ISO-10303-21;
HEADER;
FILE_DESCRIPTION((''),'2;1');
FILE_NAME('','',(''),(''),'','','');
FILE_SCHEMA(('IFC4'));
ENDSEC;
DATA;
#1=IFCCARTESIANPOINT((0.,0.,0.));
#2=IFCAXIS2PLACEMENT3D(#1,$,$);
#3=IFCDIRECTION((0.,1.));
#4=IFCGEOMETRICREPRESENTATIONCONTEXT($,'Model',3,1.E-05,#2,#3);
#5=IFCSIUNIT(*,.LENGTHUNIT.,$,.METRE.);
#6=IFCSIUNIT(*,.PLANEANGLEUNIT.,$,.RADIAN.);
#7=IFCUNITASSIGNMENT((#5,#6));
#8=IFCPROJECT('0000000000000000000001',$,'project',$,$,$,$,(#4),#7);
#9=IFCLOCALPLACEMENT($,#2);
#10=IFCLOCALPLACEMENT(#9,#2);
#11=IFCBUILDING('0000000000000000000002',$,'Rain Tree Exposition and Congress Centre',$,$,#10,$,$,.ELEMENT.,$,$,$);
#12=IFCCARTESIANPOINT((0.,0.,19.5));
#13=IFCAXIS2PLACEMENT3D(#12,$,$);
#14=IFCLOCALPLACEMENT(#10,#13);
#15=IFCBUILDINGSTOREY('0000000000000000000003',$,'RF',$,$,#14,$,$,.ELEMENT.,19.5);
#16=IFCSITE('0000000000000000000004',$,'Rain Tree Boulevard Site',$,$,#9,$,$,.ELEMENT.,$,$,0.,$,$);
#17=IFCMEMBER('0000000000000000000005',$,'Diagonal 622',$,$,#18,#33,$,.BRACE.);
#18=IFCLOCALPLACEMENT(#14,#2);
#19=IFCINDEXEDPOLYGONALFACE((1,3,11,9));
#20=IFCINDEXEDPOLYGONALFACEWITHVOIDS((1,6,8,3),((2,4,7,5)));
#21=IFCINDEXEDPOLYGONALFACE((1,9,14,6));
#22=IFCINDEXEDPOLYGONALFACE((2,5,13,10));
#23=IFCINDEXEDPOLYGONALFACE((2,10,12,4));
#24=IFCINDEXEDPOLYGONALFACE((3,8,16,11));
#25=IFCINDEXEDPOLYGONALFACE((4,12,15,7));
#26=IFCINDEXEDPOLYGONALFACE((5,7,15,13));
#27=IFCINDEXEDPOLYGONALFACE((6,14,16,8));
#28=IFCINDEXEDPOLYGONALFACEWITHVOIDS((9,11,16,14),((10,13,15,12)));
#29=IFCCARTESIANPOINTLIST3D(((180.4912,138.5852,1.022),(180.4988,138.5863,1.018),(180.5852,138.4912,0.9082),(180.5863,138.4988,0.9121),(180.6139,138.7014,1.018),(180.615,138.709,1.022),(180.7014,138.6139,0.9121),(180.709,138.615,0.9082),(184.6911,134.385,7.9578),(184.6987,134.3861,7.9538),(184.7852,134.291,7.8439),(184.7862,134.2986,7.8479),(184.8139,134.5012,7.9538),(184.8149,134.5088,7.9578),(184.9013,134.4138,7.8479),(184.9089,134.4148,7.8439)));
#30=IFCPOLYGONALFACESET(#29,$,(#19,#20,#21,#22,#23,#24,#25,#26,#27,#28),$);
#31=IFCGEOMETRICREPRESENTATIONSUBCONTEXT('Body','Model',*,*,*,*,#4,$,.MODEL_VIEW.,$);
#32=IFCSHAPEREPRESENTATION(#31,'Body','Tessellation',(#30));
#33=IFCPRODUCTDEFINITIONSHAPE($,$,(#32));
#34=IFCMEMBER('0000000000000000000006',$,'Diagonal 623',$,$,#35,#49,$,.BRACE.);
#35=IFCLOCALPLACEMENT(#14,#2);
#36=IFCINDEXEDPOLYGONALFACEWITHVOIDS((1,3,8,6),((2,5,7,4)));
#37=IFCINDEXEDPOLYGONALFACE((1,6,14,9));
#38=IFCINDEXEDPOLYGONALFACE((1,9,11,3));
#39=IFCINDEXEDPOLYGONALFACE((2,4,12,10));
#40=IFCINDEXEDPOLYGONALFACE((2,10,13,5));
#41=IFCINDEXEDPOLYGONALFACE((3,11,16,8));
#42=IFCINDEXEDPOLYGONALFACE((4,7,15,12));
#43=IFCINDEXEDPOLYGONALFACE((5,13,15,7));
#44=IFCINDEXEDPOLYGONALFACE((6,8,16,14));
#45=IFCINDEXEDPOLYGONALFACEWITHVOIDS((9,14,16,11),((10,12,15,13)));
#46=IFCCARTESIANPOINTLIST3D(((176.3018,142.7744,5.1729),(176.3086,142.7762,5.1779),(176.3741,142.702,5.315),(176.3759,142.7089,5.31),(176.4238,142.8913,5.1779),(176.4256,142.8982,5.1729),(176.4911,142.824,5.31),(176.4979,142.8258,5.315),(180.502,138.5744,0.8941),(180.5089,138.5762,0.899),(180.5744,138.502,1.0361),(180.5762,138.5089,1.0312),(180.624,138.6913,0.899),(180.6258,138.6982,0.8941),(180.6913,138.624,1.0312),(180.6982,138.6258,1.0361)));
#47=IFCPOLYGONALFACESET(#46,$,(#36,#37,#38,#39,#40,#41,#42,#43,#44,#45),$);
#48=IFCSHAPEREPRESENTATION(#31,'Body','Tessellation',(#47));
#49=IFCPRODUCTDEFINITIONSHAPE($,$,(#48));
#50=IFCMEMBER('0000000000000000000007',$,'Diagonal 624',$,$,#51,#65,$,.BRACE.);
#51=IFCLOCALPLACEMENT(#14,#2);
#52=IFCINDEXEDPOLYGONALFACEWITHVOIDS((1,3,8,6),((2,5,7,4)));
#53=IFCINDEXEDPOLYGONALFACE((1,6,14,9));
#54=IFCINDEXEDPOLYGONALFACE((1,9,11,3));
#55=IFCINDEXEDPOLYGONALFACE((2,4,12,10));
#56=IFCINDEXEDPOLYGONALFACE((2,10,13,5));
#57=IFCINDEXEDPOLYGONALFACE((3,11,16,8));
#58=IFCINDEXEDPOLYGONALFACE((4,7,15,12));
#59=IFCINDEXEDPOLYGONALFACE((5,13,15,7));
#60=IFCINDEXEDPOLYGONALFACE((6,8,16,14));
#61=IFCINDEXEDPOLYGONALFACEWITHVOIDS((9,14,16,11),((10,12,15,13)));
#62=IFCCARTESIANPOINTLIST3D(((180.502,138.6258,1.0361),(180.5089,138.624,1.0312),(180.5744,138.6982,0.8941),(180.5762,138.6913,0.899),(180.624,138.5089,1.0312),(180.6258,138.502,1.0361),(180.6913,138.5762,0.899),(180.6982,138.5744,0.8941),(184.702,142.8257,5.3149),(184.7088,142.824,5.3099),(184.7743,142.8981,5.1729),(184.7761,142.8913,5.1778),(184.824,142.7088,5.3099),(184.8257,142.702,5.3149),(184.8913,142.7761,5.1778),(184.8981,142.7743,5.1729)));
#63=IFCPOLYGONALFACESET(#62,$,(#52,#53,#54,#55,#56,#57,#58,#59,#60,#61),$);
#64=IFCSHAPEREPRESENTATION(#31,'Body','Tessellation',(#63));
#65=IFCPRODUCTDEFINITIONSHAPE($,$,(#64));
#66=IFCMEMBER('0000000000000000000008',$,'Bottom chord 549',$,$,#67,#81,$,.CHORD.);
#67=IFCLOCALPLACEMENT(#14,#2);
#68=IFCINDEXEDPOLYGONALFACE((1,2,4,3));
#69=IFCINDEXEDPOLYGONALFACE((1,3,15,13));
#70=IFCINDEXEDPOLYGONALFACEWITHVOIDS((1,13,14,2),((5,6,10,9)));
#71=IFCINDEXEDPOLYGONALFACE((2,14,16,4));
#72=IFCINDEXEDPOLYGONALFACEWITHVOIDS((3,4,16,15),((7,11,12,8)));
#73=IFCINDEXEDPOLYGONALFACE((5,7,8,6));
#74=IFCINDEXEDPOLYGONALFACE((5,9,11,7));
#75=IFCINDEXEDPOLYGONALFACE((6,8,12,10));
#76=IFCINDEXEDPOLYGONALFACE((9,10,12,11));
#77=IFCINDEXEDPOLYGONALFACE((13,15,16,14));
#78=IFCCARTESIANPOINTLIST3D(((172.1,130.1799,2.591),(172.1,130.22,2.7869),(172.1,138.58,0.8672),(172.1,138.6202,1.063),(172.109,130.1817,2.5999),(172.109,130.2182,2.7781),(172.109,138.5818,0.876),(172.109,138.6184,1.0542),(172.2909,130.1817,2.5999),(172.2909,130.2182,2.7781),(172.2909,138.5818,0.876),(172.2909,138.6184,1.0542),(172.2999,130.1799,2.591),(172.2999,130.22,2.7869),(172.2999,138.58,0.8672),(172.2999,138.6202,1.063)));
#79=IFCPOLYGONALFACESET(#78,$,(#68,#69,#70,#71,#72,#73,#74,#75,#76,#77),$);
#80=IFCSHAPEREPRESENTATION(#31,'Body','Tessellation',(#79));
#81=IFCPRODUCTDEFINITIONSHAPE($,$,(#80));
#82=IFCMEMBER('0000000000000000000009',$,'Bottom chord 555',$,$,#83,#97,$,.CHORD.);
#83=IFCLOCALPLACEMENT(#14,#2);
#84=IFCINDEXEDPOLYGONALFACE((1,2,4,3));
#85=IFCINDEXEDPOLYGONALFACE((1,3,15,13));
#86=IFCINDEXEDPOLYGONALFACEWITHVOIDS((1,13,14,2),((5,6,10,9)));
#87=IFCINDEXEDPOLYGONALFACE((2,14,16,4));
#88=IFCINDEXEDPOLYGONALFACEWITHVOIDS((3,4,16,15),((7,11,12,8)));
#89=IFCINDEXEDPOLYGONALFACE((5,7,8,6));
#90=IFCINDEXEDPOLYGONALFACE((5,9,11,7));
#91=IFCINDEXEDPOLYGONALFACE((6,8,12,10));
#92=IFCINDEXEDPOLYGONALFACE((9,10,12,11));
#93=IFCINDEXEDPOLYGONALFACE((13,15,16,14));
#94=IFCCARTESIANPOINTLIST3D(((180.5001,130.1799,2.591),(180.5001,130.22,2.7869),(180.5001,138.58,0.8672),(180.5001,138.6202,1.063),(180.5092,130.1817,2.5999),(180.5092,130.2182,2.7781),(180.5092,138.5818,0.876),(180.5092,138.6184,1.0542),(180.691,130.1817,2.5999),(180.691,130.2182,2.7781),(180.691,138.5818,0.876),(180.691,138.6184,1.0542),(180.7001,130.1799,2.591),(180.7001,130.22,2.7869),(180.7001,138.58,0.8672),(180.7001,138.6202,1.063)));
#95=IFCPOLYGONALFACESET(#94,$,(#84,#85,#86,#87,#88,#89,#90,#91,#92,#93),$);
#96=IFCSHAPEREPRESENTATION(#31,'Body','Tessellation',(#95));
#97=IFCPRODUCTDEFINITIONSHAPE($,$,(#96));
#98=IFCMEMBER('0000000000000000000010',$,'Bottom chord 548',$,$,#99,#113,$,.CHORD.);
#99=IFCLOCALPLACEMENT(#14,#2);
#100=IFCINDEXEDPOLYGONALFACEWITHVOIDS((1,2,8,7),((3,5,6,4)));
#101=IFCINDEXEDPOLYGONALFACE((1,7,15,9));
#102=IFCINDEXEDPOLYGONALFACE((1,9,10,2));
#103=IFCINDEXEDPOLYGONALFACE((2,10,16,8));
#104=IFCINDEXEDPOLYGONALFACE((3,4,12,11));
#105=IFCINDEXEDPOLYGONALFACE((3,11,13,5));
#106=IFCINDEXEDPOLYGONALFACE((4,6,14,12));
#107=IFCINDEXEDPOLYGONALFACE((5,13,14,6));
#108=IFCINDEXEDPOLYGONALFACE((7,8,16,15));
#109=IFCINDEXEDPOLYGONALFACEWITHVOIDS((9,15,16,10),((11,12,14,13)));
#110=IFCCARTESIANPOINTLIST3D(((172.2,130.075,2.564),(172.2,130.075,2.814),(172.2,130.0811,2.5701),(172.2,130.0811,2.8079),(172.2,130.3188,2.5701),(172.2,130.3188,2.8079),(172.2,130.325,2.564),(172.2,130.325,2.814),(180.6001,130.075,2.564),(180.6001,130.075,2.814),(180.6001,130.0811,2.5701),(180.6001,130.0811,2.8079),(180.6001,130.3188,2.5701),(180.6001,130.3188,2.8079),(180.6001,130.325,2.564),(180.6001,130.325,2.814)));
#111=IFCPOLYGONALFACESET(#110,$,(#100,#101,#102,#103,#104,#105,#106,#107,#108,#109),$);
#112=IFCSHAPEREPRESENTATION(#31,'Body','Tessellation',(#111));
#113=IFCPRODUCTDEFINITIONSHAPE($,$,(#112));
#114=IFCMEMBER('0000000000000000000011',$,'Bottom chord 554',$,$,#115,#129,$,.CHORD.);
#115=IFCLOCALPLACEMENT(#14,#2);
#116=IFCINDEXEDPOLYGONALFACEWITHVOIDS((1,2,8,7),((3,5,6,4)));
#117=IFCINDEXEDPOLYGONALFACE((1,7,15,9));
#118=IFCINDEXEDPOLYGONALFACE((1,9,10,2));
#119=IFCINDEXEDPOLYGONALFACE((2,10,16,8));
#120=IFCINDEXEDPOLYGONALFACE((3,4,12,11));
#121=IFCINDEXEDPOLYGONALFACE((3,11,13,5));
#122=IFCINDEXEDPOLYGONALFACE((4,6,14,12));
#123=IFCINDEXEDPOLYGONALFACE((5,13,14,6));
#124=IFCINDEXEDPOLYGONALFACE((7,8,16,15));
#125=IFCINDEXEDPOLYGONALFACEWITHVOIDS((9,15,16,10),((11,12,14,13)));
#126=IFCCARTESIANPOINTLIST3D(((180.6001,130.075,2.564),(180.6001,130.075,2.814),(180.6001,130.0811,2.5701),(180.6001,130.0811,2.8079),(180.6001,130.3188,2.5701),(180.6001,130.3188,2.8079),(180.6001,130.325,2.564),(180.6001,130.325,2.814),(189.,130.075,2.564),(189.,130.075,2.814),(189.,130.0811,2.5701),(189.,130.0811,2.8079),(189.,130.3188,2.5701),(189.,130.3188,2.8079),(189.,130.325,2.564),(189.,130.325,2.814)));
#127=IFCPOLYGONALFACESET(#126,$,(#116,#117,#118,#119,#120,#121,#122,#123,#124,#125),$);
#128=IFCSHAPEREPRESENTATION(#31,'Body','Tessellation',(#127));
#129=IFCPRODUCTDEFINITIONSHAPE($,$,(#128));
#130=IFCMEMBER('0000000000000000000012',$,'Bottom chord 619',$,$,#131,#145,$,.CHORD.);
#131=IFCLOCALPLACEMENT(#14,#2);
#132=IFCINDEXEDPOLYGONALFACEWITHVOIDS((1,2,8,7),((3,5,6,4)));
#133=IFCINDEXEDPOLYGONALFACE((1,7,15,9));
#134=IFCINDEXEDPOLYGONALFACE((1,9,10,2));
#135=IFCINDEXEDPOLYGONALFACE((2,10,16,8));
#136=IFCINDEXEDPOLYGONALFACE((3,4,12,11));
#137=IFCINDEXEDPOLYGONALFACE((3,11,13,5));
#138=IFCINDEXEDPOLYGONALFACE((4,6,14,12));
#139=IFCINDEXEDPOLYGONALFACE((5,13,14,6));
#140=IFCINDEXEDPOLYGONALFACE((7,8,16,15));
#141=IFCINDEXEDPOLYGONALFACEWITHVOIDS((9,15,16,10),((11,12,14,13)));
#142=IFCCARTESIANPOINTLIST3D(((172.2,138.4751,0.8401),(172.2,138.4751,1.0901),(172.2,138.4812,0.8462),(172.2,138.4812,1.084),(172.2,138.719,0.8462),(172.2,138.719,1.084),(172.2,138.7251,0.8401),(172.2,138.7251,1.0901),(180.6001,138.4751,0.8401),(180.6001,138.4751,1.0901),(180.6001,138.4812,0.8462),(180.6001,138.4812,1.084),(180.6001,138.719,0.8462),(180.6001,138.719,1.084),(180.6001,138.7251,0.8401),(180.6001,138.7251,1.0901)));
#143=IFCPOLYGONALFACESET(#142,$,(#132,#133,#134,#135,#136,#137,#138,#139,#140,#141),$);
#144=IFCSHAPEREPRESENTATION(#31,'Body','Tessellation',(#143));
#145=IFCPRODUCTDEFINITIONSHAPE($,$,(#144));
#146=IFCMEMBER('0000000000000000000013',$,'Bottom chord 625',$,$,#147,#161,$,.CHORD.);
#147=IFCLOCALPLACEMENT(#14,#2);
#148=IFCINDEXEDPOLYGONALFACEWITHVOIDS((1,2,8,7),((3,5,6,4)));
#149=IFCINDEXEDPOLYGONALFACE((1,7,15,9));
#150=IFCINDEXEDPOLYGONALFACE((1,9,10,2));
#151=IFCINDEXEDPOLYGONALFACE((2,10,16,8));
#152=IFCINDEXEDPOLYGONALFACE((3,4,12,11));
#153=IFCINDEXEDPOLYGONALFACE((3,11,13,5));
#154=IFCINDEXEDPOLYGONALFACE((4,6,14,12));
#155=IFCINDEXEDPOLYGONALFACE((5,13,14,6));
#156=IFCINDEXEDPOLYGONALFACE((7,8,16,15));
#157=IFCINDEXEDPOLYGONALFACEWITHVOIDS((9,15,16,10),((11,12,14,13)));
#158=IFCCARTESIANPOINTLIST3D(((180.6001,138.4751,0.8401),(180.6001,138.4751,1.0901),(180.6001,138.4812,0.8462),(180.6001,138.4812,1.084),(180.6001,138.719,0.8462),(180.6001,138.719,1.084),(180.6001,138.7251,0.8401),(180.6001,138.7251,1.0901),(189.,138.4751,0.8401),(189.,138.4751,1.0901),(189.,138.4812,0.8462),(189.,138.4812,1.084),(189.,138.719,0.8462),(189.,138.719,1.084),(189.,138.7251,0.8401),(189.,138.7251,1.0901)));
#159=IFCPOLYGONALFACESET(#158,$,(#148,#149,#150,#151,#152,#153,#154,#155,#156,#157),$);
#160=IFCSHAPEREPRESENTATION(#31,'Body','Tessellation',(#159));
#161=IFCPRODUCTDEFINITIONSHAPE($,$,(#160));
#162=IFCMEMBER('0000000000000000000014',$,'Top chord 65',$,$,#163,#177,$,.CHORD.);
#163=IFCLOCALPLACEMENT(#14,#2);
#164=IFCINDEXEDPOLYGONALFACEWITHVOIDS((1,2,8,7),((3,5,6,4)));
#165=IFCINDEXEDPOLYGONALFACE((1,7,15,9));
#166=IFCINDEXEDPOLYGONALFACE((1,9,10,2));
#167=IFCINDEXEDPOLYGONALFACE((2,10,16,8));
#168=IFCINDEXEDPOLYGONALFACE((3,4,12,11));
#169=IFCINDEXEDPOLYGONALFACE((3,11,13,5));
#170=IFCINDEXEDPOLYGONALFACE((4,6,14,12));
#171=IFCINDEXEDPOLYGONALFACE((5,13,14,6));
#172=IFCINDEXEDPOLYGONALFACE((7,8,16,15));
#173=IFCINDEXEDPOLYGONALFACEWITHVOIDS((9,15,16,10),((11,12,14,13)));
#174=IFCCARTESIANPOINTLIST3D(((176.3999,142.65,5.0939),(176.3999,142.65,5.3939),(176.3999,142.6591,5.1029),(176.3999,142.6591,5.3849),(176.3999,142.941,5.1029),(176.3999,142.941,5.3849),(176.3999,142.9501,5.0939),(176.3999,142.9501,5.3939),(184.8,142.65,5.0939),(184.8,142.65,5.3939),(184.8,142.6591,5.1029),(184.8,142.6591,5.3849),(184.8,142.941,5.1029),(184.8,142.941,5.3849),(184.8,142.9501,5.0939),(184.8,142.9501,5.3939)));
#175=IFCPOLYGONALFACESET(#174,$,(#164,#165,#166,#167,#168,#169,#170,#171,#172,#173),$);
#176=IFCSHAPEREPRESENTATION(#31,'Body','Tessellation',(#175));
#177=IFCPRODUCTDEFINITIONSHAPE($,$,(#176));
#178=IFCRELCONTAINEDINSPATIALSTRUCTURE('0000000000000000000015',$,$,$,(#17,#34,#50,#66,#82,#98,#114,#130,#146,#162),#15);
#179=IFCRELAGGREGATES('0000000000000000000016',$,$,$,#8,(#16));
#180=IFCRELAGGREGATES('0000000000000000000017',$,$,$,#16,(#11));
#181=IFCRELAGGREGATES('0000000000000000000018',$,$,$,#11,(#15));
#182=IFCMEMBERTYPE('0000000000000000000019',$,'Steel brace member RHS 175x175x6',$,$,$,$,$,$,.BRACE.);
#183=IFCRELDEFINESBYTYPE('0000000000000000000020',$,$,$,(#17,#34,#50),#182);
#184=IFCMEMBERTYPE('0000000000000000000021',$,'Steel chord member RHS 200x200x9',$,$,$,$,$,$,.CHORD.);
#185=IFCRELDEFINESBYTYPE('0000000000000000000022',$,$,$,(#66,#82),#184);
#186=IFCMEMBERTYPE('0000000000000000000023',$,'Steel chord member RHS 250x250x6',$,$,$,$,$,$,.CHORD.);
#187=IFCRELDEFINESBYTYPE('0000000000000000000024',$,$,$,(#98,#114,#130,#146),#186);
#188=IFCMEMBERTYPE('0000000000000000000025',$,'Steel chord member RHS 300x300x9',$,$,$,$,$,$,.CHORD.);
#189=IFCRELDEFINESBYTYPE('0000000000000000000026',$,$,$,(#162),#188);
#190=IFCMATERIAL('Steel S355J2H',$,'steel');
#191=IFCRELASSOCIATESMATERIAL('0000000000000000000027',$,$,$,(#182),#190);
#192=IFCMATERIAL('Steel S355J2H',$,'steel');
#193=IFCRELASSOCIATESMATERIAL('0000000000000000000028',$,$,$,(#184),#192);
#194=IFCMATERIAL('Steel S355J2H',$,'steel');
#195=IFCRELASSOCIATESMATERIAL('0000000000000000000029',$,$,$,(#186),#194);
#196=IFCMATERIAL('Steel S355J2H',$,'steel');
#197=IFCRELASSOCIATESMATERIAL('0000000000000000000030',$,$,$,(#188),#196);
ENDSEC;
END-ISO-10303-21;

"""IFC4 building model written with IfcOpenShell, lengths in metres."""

from ifc_helpers import new_model, si_unit, direction, frame, origin, origin_2d, place, context, subcontext, project, spatial, hollow_rectangle, extrude, material, material_profile, profile_set, type_object, element, save


model = new_model("IFC4")

# Units and contexts
model_context = context("Model", 3, precision=1e-05, world=origin(), true_north=direction((0.0, 1.0)))
body_context = subcontext(model_context, "Body", "Model", "MODEL_VIEW")
ifc_project = project(units=[si_unit("LENGTHUNIT", "METRE"), si_unit("PLANEANGLEUNIT", "RADIAN")], contexts=[model_context])

# Site, building, storey
site_placement = place(None, origin())
site = spatial("IfcSite", under=ifc_project, at=site_placement, Name="Rain Tree Boulevard Site", CompositionType="ELEMENT", RefElevation=0.0)
building_placement = place(site_placement, origin())
building = spatial("IfcBuilding", under=site, at=building_placement, Name="Rain Tree Exposition and Congress Centre", CompositionType="ELEMENT")
storey_placement = place(building_placement, frame((0.0, 0.0, 19.5)))
storey = spatial("IfcBuildingStorey", under=building, at=storey_placement, Name="RF", CompositionType="ELEMENT", Elevation=19.5)

# Members
ifc_material_1 = material(Name="Steel S355J2H", Category="steel")
ifc_material_profile_1 = material_profile(ifc_material_1, hollow_rectangle(XDim=0.175, YDim=0.175, WallThickness=0.0061, at=origin_2d()), Name="RHS 175x175x6")
ifc_profile_set_1 = profile_set([ifc_material_profile_1], Name="Steel S355J2H")
member_type_1 = type_object("IfcMemberType", Name="Steel brace member RHS 175x175x6", PredefinedType="BRACE", material=ifc_profile_set_1)
member_1_placement = place(storey_placement, frame((180.6001, 138.6001, 0.9651), z_axis=(0.459935, -0.459962, 0.759536), x_axis=(0.707127, 0.707086, 0.0)))
element("IfcMember", 1, at=member_1_placement, inside=storey, type_object=member_type_1, Name="Diagonal 622", PredefinedType="BRACE", context=body_context, shape_type="SweptSolid", body=[
    extrude(hollow_rectangle(XDim=0.175, YDim=0.175, WallThickness=0.0061, at=origin_2d()), origin(), (0.0, 0.0, 1.0), 9.1316),
])
member_2_placement = place(storey_placement, frame((180.6001, 138.6001, 0.9651), z_axis=(-0.57376, 0.573726, 0.584498), x_axis=(-0.707086, -0.707127, 0.0)))
element("IfcMember", 2, at=member_2_placement, inside=storey, type_object=member_type_1, Name="Diagonal 623", PredefinedType="BRACE", context=body_context, shape_type="SweptSolid", body=[
    extrude(hollow_rectangle(XDim=0.175, YDim=0.175, WallThickness=0.0061, at=origin_2d()), origin(), (0.0, 0.0, 1.0), 7.3206),
])
member_3_placement = place(storey_placement, frame((180.6001, 138.6001, 0.9651), z_axis=(0.573737, 0.573737, 0.58451), x_axis=(-0.707107, 0.707107, 0.0)))
element("IfcMember", 3, at=member_3_placement, inside=storey, type_object=member_type_1, Name="Diagonal 624", PredefinedType="BRACE", context=body_context, shape_type="SweptSolid", body=[
    extrude(hollow_rectangle(XDim=0.175, YDim=0.175, WallThickness=0.0061, at=origin_2d()), origin(), (0.0, 0.0, 1.0), 7.3203),
])
ifc_material_2 = material(Name="Steel S355J2H", Category="steel")
ifc_material_profile_2 = material_profile(ifc_material_2, hollow_rectangle(XDim=0.2, YDim=0.2, WallThickness=0.009, at=origin_2d()), Name="RHS 200x200x9")
ifc_profile_set_2 = profile_set([ifc_material_profile_2], Name="Steel S355J2H")
member_type_2 = type_object("IfcMemberType", Name="Steel chord member RHS 200x200x9", PredefinedType="CHORD", material=ifc_profile_set_2)
for number, where, z_axis, x_axis, name in (
    (4, (172.2, 130.2, 2.689), (0.0, 0.979585, -0.20103), (-1.0, 0.0, 0.0), "Bottom chord 549"),
    (5, (180.6001, 130.2, 2.689), (0.0, 0.979585, -0.20103), (-1.0, 0.0, 0.0), "Bottom chord 555"),
):
    element("IfcMember", number, at=place(storey_placement, frame(where, z_axis=z_axis, x_axis=x_axis)), inside=storey, type_object=member_type_2, Name=name, PredefinedType="CHORD", context=body_context, shape_type="SweptSolid", body=[
        extrude(hollow_rectangle(XDim=0.2, YDim=0.2, WallThickness=0.009, at=origin_2d()), origin(), (0.0, 0.0, 1.0), 8.5752),
    ])
ifc_material_3 = material(Name="Steel S355J2H", Category="steel")
ifc_material_profile_3 = material_profile(ifc_material_3, hollow_rectangle(XDim=0.25, YDim=0.25, WallThickness=0.0061, at=origin_2d()), Name="RHS 250x250x6")
ifc_profile_set_3 = profile_set([ifc_material_profile_3], Name="Steel S355J2H")
member_type_3 = type_object("IfcMemberType", Name="Steel chord member RHS 250x250x6", PredefinedType="CHORD", material=ifc_profile_set_3)
member_4_placement = place(storey_placement, frame((172.2, 130.2, 2.689), z_axis=(1.0, 0.0, 0.0), x_axis=(0.0, 1.0, 0.0)))
element("IfcMember", 6, at=member_4_placement, inside=storey, type_object=member_type_3, Name="Bottom chord 548", PredefinedType="CHORD", context=body_context, shape_type="SweptSolid", body=[
    extrude(hollow_rectangle(XDim=0.25, YDim=0.25, WallThickness=0.0061, at=origin_2d()), origin(), (0.0, 0.0, 1.0), 8.4001),
])
member_5_placement = place(storey_placement, frame((180.6001, 130.2, 2.689), z_axis=(1.0, 0.0, 0.0), x_axis=(0.0, 1.0, 0.0)))
element("IfcMember", 7, at=member_5_placement, inside=storey, type_object=member_type_3, Name="Bottom chord 554", PredefinedType="CHORD", context=body_context, shape_type="SweptSolid", body=[
    extrude(hollow_rectangle(XDim=0.25, YDim=0.25, WallThickness=0.0061, at=origin_2d()), origin(), (0.0, 0.0, 1.0), 8.3999),
])
member_6_placement = place(storey_placement, frame((172.2, 138.6001, 0.9651), z_axis=(1.0, 0.0, 0.0), x_axis=(0.0, 1.0, 0.0)))
element("IfcMember", 8, at=member_6_placement, inside=storey, type_object=member_type_3, Name="Bottom chord 619", PredefinedType="CHORD", context=body_context, shape_type="SweptSolid", body=[
    extrude(hollow_rectangle(XDim=0.25, YDim=0.25, WallThickness=0.0061, at=origin_2d()), origin(), (0.0, 0.0, 1.0), 8.4001),
])
member_7_placement = place(storey_placement, frame((180.6001, 138.6001, 0.9651), z_axis=(1.0, 0.0, 0.0), x_axis=(0.0, 1.0, 0.0)))
element("IfcMember", 9, at=member_7_placement, inside=storey, type_object=member_type_3, Name="Bottom chord 625", PredefinedType="CHORD", context=body_context, shape_type="SweptSolid", body=[
    extrude(hollow_rectangle(XDim=0.25, YDim=0.25, WallThickness=0.0061, at=origin_2d()), origin(), (0.0, 0.0, 1.0), 8.3999),
])
ifc_material_4 = material(Name="Steel S355J2H", Category="steel")
ifc_material_profile_4 = material_profile(ifc_material_4, hollow_rectangle(XDim=0.3, YDim=0.3, WallThickness=0.009, at=origin_2d()), Name="RHS 300x300x9")
ifc_profile_set_4 = profile_set([ifc_material_profile_4], Name="Steel S355J2H")
member_type_4 = type_object("IfcMemberType", Name="Steel chord member RHS 300x300x9", PredefinedType="CHORD", material=ifc_profile_set_4)
member_8_placement = place(storey_placement, frame((176.3999, 142.8, 5.2439), z_axis=(1.0, 0.0, 0.0), x_axis=(0.0, 1.0, 0.0)))
element("IfcMember", 10, at=member_8_placement, inside=storey, type_object=member_type_4, Name="Top chord 65", PredefinedType="CHORD", context=body_context, shape_type="SweptSolid", body=[
    extrude(hollow_rectangle(XDim=0.3, YDim=0.3, WallThickness=0.009, at=origin_2d()), origin(), (0.0, 0.0, 1.0), 8.4001),
])

save(model, "model.ifc")
